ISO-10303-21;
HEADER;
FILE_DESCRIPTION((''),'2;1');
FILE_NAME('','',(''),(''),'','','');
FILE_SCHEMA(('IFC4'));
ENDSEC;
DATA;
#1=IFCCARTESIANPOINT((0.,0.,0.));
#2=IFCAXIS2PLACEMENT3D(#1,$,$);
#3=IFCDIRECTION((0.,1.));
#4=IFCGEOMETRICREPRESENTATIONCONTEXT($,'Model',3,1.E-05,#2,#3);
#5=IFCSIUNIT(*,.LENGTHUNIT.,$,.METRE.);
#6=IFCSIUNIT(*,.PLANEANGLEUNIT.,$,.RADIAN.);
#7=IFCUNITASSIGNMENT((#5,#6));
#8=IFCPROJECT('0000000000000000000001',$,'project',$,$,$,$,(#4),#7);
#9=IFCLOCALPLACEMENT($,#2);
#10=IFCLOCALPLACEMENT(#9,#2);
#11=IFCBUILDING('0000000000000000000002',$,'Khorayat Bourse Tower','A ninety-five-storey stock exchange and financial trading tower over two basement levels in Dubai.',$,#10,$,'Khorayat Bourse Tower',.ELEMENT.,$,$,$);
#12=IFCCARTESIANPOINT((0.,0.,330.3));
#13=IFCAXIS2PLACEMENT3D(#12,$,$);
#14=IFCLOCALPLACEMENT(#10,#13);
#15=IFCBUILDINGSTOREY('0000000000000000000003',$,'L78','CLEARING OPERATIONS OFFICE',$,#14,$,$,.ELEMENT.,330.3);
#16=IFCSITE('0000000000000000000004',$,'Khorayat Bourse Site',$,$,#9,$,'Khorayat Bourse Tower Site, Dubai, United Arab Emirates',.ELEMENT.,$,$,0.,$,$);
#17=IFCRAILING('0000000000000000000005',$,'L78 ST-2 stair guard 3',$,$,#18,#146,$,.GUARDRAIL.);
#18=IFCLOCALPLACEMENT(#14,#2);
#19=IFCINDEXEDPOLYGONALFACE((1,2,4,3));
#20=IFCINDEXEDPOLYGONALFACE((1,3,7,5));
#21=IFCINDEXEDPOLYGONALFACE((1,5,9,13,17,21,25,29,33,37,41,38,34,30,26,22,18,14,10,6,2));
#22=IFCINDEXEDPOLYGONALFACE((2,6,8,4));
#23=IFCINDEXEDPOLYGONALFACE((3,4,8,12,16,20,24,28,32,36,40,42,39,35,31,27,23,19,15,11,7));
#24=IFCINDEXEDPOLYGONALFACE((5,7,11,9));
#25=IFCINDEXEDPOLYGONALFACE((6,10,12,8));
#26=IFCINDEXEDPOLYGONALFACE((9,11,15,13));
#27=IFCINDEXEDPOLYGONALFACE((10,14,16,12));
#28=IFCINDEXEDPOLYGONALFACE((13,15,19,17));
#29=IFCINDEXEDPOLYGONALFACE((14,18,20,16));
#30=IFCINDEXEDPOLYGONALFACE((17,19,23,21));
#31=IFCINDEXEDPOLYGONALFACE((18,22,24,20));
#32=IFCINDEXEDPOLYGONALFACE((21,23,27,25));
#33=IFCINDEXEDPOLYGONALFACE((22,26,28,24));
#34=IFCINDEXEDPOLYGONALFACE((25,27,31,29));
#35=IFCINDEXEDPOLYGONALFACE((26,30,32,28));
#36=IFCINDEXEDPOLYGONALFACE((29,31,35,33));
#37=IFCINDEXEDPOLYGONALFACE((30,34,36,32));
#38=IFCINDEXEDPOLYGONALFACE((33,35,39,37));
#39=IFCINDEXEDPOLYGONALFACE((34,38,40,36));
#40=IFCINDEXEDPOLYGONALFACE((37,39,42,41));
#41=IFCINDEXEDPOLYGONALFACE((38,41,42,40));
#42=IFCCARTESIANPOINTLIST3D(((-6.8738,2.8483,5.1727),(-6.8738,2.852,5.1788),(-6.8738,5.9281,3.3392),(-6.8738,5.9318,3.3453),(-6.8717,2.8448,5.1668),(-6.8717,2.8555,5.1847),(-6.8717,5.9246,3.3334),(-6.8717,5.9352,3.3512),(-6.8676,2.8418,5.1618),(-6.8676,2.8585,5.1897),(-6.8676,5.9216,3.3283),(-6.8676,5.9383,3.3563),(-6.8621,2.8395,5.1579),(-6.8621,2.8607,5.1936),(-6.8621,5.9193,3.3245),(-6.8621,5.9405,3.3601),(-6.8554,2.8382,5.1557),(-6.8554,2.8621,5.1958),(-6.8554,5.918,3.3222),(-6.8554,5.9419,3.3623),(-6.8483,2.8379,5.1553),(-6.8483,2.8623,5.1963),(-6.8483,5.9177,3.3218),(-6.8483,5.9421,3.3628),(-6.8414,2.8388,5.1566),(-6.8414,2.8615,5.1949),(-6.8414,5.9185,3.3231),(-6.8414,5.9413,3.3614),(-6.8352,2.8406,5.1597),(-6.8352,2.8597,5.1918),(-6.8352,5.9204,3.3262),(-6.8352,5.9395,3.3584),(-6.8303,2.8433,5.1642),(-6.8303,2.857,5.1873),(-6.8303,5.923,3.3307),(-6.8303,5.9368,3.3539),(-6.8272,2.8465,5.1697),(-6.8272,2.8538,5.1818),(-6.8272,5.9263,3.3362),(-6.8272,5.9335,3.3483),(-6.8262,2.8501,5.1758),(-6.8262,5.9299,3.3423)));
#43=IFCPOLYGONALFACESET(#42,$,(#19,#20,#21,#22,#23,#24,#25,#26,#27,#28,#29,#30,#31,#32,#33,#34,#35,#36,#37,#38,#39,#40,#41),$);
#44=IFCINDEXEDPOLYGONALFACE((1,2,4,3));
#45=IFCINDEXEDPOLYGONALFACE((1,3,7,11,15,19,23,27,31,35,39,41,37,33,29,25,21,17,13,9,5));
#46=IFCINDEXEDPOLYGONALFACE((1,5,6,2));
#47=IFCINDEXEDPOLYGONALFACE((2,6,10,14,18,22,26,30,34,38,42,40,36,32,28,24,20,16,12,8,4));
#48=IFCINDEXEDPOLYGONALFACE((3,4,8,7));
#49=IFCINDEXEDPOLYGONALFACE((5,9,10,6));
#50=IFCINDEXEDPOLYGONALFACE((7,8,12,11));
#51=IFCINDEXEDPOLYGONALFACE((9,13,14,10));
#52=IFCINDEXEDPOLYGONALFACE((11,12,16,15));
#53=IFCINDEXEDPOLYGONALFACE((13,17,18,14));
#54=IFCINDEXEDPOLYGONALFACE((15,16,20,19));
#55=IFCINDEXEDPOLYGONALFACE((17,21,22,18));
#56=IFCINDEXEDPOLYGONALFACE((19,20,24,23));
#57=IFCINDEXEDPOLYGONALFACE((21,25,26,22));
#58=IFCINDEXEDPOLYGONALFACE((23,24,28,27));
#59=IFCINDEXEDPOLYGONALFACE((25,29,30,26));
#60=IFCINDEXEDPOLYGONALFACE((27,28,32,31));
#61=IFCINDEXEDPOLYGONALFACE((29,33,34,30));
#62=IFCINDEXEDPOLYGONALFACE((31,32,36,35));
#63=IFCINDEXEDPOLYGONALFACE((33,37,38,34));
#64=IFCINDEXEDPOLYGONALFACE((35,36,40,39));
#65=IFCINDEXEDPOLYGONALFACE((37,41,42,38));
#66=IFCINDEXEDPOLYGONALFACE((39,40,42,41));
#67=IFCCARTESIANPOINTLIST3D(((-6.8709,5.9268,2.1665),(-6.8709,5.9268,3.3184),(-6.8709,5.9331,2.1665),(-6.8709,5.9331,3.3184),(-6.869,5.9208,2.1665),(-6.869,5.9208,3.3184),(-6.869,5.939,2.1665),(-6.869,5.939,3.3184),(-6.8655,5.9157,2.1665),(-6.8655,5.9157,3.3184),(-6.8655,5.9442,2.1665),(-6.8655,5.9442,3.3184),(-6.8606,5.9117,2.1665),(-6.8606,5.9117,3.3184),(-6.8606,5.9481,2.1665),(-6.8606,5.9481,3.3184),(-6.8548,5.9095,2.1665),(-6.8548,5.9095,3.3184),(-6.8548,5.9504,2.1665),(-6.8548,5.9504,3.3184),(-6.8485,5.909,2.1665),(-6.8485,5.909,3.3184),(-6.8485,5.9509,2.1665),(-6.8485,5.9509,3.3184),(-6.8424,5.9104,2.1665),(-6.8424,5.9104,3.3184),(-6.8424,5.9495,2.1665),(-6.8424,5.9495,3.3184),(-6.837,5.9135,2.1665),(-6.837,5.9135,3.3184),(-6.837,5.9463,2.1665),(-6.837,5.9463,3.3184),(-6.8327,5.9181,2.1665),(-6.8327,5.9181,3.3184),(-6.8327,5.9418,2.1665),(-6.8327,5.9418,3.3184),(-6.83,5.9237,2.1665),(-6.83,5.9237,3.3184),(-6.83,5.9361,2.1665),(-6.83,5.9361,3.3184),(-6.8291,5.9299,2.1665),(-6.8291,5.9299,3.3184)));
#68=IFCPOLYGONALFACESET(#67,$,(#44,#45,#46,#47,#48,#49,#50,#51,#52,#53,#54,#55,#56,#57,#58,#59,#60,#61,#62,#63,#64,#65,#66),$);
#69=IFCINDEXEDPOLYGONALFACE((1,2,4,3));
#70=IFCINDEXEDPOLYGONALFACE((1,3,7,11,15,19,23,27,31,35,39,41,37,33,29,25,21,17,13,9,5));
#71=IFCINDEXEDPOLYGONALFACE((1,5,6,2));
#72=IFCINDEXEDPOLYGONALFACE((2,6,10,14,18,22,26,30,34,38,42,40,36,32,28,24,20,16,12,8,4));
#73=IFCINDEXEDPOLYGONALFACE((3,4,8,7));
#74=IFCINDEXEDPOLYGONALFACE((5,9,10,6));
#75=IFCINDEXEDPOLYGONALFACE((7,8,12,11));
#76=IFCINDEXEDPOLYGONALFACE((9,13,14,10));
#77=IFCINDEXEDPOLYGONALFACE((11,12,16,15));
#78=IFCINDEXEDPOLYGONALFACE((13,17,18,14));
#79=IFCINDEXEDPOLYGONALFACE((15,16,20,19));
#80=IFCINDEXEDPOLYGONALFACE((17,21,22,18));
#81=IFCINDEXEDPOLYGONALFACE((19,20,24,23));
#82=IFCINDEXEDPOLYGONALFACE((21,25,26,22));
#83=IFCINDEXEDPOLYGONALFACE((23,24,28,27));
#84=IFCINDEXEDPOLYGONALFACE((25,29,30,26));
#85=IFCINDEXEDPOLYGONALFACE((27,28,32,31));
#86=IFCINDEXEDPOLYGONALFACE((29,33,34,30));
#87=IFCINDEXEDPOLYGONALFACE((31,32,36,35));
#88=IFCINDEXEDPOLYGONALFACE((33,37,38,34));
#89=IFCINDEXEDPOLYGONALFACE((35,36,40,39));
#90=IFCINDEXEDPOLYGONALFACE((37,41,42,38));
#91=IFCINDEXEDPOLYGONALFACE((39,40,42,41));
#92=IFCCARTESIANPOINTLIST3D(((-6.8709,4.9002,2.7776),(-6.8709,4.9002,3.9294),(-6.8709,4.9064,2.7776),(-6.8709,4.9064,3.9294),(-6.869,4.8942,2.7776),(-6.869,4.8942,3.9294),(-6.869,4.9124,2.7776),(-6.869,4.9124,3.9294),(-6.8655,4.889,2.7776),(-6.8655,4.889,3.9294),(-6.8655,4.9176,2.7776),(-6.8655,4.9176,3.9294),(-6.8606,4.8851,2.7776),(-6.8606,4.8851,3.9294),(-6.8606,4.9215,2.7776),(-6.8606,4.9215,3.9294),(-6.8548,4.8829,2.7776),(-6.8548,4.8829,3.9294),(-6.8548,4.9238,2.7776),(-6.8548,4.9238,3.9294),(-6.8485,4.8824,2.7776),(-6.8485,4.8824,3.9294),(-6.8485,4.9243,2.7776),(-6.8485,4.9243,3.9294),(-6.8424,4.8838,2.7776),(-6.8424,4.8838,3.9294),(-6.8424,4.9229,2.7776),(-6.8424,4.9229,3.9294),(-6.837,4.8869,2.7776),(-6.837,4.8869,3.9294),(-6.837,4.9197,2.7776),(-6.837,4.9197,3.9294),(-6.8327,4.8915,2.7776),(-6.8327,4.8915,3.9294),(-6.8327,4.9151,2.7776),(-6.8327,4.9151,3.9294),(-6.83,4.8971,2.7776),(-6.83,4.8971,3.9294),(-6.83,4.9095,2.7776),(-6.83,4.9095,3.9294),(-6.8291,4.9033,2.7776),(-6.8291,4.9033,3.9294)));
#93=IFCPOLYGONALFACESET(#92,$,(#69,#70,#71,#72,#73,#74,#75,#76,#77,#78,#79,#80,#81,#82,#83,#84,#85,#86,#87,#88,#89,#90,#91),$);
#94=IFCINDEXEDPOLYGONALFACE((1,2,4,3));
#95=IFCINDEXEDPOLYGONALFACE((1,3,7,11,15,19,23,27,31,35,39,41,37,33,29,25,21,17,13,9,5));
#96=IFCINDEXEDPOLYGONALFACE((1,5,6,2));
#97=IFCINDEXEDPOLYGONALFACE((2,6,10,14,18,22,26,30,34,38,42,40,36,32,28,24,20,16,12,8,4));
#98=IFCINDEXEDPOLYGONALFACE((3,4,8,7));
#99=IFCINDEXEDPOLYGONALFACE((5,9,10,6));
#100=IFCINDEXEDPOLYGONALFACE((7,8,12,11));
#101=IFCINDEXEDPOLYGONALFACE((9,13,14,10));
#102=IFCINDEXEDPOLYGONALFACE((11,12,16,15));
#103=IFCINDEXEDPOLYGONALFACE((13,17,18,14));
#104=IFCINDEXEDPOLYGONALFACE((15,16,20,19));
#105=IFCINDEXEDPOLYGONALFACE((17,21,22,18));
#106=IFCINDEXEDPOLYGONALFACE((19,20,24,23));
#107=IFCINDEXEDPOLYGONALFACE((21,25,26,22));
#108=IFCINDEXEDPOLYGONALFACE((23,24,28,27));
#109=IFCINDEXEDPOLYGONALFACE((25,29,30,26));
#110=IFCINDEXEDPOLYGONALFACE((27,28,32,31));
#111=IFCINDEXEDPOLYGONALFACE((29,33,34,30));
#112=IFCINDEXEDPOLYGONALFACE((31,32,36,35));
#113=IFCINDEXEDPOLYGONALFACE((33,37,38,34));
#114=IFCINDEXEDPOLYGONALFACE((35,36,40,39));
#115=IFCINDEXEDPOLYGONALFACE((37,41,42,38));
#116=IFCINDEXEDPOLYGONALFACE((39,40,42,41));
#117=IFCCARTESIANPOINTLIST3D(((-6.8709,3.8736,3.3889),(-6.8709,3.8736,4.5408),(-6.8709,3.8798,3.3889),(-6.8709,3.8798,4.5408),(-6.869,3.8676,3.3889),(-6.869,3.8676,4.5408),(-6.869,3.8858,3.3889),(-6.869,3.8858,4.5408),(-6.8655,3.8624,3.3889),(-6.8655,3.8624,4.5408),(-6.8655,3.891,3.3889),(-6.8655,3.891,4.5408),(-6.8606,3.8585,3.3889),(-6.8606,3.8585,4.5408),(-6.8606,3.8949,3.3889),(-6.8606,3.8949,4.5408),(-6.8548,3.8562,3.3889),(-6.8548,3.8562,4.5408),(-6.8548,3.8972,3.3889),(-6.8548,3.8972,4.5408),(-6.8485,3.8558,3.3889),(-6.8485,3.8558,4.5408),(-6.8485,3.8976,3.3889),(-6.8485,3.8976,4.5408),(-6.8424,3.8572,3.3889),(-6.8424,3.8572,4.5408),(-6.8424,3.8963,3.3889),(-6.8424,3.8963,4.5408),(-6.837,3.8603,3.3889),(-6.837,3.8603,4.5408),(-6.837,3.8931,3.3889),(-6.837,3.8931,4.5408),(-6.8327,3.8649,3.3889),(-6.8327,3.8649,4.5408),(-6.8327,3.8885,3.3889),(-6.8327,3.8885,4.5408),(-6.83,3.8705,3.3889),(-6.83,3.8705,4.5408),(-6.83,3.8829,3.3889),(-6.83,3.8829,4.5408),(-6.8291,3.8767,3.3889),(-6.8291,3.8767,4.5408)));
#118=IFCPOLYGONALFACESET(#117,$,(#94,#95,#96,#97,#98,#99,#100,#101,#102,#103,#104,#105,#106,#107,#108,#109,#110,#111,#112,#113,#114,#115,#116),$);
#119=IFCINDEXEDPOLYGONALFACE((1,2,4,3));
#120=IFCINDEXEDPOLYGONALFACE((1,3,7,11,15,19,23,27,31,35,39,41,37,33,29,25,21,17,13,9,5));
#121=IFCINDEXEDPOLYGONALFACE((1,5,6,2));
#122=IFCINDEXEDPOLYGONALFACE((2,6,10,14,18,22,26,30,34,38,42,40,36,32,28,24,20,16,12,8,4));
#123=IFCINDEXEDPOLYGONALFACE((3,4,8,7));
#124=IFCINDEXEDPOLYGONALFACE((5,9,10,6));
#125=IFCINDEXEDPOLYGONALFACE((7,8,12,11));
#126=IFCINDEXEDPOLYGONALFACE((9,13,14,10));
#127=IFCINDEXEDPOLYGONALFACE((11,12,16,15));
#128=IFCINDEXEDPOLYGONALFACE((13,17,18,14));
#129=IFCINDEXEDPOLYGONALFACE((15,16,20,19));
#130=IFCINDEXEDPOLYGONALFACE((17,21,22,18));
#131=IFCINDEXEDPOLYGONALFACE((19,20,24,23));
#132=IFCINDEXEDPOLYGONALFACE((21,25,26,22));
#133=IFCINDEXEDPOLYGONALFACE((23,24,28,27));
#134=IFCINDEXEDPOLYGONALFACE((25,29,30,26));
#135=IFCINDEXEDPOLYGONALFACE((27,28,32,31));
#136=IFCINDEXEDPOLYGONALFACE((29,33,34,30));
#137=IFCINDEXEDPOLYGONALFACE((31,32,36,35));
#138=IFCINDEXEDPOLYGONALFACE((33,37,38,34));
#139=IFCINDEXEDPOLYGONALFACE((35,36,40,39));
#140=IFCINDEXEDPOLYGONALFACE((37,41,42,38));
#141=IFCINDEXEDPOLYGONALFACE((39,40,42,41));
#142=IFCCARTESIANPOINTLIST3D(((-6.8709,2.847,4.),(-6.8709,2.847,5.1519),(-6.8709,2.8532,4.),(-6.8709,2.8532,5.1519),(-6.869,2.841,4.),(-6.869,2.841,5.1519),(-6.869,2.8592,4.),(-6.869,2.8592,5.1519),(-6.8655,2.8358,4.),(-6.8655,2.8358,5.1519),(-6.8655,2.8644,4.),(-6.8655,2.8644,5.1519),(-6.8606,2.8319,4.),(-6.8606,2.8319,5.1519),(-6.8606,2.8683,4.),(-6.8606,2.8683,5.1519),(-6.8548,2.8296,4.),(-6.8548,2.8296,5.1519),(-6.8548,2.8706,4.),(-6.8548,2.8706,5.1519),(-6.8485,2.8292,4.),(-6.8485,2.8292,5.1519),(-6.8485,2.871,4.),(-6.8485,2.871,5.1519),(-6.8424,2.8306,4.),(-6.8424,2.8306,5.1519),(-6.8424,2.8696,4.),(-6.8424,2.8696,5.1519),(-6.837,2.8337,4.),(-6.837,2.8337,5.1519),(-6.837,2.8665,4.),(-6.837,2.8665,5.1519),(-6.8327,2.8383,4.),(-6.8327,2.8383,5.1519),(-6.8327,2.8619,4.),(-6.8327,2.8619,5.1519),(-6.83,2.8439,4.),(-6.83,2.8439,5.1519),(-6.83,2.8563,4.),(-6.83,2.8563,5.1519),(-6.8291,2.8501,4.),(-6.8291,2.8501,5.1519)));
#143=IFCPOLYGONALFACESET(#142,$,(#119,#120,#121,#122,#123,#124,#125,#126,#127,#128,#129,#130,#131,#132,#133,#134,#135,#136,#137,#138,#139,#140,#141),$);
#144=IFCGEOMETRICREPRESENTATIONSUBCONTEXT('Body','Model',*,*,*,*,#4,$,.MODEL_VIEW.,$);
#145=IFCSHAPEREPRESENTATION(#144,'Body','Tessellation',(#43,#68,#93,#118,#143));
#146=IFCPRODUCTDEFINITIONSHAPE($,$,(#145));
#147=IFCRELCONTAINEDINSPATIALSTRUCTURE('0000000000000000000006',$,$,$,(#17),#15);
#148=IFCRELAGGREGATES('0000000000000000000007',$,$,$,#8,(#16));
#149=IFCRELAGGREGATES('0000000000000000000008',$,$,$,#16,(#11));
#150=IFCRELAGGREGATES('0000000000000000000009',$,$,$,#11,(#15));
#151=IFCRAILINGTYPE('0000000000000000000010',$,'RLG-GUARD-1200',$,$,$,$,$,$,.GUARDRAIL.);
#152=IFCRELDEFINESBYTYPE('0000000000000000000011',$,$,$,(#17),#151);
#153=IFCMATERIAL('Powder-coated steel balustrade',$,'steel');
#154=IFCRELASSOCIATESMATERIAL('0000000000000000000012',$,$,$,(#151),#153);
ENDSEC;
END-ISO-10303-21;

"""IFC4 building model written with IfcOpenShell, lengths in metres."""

from ifc_helpers import new_model, si_unit, direction, frame, origin, origin_2d, place, context, subcontext, project, spatial, circle, extrude, source, transform, mapped, material, type_object, element, save


model = new_model("IFC4")

# Units and contexts
model_context = context("Model", 3, precision=1e-05, world=origin(), true_north=direction((0.0, 1.0)))
body_context = subcontext(model_context, "Body", "Model", "MODEL_VIEW")
ifc_project = project(units=[si_unit("LENGTHUNIT", "METRE"), si_unit("PLANEANGLEUNIT", "RADIAN")], contexts=[model_context])

# Site, building, storey
site_placement = place(None, origin())
site = spatial("IfcSite", under=ifc_project, at=site_placement, Name="Khorayat Bourse Site", LongName="Khorayat Bourse Tower Site, Dubai, United Arab Emirates", CompositionType="ELEMENT", RefElevation=0.0)
building_placement = place(site_placement, origin())
building = spatial("IfcBuilding", under=site, at=building_placement, Name="Khorayat Bourse Tower", Description="A ninety-five-storey stock exchange and financial trading tower over two basement levels in Dubai.", LongName="Khorayat Bourse Tower", CompositionType="ELEMENT")
storey_placement = place(building_placement, frame((0.0, 0.0, 330.3)))
storey = spatial("IfcBuildingStorey", under=building, at=storey_placement, Name="L78", Description="CLEARING OPERATIONS OFFICE", CompositionType="ELEMENT", Elevation=330.3)

# Railing
ifc_material_1 = material(Name="Powder-coated steel balustrade", Category="steel")
railing_type_1 = type_object("IfcRailingType", Name="RLG-GUARD-1200", PredefinedType="GUARDRAIL", material=ifc_material_1)
shared_shape_1 = source(origin(), body_context, "Body", "SweptSolid", [
    extrude(circle(Radius=0.0239, at=origin_2d()), frame((0.0, 0.0, 1.1758), z_axis=(0.0, -0.859261, 0.511538), x_axis=(1.0, 0.0, 0.0)), (0.0, 0.0, 1.0), 3.5842),
    extrude(circle(Radius=0.021, at=origin_2d()), origin(), (0.0, 0.0, 1.0), 1.1519),
    extrude(circle(Radius=0.021, at=origin_2d()), frame((0.0, -1.0266, 0.6111)), (0.0, 0.0, 1.0), 1.1519),
    extrude(circle(Radius=0.021, at=origin_2d()), frame((0.0, -2.0532, 1.2224)), (0.0, 0.0, 1.0), 1.1519),
    extrude(circle(Radius=0.021, at=origin_2d()), frame((0.0, -3.0798, 1.8335)), (0.0, 0.0, 1.0), 1.1519),
])
railing_1_placement = place(storey_placement, frame((-6.8501, 5.9299, 2.1665)))
element("IfcRailing", 1, at=railing_1_placement, inside=storey, type_object=railing_type_1, Name="L78 ST-2 stair guard 3", PredefinedType="GUARDRAIL", context=body_context, shape_type="MappedRepresentation", body=[
    mapped(shared_shape_1, transform((0.0, 0.0, 0.0), scale=1.0)),
])

save(model, "model.ifc")
